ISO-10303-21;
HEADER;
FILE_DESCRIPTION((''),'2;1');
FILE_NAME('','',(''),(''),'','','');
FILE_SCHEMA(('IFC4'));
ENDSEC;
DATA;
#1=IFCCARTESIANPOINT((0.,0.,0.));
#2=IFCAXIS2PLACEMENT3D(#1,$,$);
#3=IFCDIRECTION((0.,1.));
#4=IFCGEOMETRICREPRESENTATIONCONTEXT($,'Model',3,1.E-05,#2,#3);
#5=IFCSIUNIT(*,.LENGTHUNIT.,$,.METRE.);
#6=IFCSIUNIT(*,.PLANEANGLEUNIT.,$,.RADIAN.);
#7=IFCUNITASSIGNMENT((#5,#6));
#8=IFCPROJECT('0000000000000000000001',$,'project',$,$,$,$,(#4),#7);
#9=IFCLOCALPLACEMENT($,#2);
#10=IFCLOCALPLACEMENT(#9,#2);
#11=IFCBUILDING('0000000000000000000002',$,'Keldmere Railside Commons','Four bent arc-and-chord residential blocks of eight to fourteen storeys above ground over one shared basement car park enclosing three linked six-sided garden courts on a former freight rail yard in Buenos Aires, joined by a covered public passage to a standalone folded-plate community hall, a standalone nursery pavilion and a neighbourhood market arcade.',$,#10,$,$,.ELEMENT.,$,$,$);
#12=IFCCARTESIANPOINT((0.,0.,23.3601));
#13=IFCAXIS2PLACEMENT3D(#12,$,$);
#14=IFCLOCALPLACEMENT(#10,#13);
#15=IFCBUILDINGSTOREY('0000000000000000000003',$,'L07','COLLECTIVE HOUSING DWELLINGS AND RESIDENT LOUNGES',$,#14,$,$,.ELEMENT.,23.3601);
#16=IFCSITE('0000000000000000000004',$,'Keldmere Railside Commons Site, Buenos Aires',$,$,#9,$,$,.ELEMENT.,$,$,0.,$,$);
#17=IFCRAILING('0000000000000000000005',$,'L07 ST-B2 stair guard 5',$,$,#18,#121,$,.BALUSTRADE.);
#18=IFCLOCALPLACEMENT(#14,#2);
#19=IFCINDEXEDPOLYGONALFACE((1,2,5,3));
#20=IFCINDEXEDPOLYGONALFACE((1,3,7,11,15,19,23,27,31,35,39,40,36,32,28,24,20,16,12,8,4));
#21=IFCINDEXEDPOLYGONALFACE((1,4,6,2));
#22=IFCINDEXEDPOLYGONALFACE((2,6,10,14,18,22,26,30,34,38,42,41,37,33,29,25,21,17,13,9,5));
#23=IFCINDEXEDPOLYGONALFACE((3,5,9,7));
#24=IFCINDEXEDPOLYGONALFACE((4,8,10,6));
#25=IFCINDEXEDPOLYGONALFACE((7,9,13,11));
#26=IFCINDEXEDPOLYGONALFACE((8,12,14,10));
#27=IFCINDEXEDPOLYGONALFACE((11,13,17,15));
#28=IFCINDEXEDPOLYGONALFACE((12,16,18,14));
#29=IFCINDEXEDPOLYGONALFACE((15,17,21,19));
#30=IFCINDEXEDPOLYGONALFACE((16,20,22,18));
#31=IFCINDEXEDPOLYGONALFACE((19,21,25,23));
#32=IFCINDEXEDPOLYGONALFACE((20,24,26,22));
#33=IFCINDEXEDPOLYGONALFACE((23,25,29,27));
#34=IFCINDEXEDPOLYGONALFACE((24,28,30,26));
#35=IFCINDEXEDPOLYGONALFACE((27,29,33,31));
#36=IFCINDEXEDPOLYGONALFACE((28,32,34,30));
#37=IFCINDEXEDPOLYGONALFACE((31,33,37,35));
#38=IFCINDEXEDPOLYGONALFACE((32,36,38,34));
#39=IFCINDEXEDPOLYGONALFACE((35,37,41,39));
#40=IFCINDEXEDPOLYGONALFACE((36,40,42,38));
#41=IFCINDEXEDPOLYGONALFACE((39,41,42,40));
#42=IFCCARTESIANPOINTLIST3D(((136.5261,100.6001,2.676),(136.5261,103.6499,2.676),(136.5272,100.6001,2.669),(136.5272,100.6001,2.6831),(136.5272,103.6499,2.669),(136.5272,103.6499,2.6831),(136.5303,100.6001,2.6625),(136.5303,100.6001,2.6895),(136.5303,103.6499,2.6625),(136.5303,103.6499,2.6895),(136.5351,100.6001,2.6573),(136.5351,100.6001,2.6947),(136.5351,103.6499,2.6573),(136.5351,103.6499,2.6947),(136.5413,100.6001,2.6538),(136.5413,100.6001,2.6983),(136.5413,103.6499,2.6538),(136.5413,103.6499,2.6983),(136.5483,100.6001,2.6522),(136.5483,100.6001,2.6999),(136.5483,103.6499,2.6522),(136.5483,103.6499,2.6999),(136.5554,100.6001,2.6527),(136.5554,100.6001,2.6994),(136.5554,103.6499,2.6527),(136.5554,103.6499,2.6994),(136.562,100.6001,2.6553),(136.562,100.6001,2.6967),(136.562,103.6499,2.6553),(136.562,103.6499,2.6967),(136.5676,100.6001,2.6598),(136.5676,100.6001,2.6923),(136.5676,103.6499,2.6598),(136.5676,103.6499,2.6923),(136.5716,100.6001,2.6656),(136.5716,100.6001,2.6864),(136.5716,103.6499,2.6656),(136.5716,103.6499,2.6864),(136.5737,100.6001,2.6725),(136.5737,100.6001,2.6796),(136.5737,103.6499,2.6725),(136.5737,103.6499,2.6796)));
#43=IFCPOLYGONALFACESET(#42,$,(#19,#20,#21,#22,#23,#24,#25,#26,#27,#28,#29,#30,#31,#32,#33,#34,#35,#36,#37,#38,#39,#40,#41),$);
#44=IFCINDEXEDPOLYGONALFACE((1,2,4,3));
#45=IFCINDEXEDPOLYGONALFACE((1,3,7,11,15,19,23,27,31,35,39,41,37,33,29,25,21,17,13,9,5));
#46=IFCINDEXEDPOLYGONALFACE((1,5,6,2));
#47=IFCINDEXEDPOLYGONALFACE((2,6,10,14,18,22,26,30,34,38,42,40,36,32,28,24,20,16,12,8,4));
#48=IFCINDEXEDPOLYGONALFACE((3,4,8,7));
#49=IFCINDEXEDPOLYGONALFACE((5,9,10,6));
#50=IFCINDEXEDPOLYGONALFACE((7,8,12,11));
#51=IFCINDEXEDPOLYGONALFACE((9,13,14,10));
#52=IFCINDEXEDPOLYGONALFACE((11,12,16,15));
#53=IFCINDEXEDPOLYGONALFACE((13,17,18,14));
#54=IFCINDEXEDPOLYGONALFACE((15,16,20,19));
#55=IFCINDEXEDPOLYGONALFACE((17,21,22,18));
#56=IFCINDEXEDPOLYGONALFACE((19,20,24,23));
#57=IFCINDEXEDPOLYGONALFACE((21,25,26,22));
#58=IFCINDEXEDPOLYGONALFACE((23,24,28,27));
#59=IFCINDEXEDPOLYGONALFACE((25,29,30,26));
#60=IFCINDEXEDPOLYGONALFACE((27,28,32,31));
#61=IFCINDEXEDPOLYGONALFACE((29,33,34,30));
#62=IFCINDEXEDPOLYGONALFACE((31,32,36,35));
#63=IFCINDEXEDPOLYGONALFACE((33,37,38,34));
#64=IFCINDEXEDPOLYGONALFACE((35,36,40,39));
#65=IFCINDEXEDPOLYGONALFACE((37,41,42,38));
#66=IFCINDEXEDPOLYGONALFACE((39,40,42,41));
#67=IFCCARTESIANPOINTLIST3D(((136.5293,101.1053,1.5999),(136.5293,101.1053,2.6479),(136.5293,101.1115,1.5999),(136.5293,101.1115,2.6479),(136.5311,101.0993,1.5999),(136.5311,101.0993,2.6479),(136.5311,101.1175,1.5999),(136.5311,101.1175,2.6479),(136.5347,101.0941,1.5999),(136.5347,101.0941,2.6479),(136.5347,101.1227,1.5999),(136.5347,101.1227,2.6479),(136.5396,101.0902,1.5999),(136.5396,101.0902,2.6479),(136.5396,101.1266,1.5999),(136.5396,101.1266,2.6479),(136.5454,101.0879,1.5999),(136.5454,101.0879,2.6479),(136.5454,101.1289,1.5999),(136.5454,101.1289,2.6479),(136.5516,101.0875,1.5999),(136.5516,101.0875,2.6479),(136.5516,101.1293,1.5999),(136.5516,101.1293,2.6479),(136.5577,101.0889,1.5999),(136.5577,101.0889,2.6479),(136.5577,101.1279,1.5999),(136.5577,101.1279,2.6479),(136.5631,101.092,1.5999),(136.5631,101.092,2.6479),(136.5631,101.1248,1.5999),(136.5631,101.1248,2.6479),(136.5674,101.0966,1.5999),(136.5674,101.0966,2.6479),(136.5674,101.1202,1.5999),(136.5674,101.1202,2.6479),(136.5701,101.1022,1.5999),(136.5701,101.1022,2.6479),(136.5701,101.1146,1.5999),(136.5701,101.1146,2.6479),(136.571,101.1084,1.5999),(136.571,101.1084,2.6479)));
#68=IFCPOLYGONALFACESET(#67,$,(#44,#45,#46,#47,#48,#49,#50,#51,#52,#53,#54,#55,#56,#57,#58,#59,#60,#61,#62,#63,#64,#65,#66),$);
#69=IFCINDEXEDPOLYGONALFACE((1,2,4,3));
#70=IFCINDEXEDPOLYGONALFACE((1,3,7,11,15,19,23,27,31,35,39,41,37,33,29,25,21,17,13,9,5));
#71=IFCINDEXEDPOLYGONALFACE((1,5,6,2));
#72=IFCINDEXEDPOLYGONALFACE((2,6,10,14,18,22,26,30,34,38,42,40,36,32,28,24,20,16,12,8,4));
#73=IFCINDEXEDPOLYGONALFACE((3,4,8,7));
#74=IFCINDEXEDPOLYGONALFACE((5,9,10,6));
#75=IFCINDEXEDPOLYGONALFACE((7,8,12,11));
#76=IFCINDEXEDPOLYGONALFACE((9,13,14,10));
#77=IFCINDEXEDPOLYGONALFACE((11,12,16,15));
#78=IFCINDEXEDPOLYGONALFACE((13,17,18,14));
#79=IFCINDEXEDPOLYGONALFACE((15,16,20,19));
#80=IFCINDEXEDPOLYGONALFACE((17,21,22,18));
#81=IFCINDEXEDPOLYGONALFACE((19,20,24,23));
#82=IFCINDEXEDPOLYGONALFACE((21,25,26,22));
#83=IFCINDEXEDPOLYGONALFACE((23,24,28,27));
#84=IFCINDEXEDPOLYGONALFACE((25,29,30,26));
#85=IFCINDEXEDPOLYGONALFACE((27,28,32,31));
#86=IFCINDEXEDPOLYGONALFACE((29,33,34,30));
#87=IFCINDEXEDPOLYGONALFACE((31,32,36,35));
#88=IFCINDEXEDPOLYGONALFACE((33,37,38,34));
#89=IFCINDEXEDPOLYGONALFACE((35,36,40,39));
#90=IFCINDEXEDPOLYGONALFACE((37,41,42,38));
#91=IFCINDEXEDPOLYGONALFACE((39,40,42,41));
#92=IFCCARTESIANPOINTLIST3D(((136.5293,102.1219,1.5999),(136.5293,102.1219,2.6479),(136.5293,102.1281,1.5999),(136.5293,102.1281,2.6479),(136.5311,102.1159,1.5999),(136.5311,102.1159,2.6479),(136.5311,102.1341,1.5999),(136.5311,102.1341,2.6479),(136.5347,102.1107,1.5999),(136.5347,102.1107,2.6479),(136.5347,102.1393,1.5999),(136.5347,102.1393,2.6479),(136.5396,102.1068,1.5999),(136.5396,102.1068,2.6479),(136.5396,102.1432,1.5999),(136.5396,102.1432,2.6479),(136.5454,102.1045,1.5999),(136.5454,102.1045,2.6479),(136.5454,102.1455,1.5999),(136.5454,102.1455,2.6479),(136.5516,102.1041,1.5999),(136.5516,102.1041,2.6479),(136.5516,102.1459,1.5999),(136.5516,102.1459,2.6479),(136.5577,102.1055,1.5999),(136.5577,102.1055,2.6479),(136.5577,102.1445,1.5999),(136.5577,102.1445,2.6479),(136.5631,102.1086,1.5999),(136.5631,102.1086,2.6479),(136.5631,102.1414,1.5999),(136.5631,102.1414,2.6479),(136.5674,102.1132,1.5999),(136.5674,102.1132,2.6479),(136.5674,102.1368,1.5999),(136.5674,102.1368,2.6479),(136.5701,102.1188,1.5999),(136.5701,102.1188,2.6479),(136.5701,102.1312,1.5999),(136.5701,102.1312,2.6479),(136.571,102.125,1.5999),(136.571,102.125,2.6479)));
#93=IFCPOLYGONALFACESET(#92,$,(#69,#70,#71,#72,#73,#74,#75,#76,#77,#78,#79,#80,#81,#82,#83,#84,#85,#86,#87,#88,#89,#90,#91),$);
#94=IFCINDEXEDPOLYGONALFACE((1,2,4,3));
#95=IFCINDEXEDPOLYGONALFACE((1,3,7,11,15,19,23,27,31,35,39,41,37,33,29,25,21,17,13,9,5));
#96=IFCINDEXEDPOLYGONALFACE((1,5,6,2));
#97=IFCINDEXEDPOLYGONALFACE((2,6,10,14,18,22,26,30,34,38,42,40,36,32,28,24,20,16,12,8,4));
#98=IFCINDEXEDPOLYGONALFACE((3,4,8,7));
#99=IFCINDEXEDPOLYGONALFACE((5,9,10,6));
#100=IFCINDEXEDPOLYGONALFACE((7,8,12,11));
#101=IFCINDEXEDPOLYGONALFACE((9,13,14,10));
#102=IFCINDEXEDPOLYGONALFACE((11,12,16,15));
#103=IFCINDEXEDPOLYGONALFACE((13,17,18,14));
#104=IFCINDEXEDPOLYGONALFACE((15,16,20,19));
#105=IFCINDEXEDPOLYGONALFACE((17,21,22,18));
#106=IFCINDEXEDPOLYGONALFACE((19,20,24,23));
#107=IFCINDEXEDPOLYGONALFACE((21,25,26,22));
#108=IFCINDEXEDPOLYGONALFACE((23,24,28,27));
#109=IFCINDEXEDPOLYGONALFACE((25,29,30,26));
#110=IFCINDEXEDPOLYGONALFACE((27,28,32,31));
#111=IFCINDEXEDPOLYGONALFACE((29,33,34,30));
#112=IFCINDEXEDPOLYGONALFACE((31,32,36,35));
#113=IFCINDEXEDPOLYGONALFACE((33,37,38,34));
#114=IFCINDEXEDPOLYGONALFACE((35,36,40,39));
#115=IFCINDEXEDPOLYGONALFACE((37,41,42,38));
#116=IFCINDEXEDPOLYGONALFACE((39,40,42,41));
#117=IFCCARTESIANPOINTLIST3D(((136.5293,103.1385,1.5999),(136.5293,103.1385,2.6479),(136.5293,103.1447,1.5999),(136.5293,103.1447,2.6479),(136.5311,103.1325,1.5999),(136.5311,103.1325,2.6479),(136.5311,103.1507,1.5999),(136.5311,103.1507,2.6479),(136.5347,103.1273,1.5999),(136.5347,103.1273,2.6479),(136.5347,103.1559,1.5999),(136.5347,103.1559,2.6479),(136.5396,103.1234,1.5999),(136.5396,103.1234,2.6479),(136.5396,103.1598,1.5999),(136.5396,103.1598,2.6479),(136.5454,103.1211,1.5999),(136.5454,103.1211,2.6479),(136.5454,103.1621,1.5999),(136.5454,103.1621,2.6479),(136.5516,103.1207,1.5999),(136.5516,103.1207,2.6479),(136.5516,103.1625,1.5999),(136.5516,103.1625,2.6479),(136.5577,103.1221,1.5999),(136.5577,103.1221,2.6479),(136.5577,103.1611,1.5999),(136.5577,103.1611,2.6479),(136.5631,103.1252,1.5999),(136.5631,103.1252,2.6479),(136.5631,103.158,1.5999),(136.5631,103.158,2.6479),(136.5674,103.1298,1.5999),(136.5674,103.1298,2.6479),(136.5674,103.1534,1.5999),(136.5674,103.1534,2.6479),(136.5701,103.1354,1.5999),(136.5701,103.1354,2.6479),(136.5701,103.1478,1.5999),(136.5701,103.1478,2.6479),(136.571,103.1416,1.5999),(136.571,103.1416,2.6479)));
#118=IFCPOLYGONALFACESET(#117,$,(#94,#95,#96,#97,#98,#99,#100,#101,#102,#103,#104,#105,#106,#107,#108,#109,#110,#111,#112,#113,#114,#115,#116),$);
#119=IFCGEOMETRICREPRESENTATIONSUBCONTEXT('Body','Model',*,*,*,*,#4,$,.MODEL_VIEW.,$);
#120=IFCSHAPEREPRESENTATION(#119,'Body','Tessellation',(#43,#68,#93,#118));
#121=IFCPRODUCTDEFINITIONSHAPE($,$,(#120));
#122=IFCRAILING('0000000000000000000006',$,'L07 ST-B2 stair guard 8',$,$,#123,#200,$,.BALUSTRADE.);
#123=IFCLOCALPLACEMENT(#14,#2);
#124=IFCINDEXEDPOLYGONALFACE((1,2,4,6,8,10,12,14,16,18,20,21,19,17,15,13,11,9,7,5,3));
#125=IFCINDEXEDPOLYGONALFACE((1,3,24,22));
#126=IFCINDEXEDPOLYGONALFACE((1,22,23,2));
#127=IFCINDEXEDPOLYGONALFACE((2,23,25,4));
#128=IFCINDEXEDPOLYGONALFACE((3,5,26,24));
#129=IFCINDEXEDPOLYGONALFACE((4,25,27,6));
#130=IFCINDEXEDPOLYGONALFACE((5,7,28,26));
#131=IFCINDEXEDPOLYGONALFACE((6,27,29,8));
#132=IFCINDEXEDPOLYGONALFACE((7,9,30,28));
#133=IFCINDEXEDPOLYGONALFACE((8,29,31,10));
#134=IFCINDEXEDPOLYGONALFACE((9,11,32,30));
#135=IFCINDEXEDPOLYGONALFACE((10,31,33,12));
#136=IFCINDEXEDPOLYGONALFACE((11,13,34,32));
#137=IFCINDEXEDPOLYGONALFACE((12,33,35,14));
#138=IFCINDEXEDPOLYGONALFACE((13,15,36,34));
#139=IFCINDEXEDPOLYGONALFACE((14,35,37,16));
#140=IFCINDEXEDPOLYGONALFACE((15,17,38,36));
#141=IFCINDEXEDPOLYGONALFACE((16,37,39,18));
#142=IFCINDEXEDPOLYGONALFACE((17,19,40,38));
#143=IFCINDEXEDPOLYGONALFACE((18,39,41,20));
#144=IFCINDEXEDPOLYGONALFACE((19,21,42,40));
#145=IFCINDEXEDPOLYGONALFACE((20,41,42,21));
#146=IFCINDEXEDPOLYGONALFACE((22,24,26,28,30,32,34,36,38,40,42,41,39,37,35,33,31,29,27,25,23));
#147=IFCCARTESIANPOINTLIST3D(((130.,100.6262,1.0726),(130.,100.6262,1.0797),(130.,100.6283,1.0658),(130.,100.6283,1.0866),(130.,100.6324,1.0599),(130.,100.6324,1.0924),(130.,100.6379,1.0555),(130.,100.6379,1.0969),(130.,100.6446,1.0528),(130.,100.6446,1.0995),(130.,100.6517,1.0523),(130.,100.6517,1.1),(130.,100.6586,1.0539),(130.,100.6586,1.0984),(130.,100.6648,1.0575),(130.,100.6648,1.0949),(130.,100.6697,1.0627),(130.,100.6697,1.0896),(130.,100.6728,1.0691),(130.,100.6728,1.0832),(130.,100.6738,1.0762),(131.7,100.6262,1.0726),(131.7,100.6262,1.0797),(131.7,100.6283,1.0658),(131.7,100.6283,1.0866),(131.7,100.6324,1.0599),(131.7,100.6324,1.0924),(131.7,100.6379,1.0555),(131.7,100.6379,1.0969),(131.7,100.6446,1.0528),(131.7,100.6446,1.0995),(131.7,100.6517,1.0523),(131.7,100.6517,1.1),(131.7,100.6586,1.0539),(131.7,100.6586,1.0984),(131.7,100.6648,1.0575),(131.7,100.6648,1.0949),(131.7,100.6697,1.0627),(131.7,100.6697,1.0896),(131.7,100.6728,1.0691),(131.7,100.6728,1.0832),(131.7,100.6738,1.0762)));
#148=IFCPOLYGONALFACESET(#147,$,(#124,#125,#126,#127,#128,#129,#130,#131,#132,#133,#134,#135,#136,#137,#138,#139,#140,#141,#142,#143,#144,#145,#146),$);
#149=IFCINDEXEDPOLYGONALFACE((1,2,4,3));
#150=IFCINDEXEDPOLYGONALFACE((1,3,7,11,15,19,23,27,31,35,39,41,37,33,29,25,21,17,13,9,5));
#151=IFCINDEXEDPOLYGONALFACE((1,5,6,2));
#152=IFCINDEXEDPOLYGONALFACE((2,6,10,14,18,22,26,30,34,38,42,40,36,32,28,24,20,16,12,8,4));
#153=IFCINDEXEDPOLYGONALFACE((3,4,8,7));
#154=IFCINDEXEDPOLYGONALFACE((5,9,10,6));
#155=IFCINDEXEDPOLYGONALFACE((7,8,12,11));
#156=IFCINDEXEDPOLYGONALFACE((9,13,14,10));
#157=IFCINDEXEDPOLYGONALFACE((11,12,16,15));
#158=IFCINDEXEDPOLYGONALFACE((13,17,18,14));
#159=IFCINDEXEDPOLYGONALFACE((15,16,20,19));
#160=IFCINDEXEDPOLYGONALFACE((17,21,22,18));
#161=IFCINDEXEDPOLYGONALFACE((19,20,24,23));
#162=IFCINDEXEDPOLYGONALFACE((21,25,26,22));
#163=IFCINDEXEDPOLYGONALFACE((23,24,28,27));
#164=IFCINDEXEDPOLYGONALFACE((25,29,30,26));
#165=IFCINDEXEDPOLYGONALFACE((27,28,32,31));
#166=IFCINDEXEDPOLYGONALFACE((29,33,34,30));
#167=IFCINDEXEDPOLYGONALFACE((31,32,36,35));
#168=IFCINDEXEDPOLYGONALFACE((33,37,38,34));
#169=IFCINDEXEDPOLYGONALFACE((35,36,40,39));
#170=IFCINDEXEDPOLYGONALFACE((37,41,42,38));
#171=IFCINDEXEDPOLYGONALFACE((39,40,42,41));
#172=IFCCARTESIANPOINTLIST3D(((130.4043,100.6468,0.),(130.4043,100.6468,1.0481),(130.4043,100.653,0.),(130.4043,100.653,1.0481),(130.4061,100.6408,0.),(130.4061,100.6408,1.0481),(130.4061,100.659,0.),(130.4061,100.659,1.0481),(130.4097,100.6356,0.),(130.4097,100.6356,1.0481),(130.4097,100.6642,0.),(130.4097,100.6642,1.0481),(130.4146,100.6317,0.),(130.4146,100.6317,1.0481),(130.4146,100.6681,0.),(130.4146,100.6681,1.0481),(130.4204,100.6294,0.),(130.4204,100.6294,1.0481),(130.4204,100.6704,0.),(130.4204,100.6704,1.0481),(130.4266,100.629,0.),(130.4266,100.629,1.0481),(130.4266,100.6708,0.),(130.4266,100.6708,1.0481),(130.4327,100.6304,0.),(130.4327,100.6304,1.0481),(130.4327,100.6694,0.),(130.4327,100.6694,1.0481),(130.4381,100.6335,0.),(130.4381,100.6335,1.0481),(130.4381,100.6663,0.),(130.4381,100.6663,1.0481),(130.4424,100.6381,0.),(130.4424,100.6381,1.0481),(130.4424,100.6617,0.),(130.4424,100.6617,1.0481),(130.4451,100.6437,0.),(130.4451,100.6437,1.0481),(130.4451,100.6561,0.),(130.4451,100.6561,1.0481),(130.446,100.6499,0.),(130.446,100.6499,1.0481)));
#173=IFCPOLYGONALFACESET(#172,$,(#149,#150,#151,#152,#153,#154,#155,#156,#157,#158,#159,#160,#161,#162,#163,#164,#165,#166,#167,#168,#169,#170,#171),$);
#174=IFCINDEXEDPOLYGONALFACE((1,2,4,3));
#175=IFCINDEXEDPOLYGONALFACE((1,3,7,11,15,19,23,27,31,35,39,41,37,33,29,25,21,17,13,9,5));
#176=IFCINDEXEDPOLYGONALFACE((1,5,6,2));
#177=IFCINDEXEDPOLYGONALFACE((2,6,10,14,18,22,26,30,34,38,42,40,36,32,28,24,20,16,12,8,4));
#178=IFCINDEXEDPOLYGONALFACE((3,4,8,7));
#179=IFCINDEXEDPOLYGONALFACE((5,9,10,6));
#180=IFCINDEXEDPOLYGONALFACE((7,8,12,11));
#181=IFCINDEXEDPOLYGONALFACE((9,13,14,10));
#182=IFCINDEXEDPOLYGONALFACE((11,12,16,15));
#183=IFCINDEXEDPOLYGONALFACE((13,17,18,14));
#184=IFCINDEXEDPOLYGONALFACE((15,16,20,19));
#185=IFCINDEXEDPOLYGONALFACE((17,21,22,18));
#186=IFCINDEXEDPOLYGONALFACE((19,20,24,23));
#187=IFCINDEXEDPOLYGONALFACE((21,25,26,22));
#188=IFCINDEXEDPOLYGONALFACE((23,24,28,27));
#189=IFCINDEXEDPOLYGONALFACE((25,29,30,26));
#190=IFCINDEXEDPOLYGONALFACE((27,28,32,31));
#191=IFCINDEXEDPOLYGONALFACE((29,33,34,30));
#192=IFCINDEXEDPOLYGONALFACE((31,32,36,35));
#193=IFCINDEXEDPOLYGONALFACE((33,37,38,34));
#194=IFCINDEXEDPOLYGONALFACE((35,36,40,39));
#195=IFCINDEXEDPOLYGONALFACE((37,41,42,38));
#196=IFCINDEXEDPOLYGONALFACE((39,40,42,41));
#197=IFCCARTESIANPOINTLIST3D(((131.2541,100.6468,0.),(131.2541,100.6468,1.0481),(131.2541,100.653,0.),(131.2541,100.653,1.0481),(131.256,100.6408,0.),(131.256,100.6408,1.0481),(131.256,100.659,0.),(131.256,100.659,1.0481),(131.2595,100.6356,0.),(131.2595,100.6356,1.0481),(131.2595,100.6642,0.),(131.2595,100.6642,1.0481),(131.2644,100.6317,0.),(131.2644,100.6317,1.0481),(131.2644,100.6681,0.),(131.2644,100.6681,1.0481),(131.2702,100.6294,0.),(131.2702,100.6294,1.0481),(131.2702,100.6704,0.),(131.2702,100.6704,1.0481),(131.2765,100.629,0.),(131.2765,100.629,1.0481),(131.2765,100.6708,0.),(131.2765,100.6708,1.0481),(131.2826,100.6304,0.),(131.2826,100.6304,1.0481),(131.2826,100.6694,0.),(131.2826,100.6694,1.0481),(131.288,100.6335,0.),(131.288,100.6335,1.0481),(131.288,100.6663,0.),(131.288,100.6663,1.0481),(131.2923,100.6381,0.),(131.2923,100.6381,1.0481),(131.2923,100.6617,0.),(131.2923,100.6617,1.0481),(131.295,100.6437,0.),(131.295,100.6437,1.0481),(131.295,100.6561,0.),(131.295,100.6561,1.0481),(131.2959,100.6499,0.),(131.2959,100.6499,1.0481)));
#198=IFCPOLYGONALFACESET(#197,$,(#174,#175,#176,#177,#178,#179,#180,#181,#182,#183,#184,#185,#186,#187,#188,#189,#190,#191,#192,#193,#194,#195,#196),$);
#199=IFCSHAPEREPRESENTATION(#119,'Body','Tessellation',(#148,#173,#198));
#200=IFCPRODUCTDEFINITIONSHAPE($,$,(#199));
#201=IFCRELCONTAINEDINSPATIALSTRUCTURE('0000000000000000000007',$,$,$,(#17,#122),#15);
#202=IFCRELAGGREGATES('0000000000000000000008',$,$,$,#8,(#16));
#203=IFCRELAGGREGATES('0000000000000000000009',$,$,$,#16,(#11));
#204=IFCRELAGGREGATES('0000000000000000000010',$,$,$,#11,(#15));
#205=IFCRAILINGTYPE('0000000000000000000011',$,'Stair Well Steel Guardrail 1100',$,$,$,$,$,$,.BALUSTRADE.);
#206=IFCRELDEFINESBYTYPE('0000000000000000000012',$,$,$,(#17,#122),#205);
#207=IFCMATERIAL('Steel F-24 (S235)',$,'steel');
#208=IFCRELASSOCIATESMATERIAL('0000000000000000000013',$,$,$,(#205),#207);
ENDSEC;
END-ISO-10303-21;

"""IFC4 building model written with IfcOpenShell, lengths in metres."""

from ifc_helpers import new_model, si_unit, direction, frame, origin, origin_2d, place, context, subcontext, project, spatial, circle, extrude, material, type_object, element, save


model = new_model("IFC4")

# Units and contexts
model_context = context("Model", 3, precision=1e-05, world=origin(), true_north=direction((0.0, 1.0)))
body_context = subcontext(model_context, "Body", "Model", "MODEL_VIEW")
ifc_project = project(units=[si_unit("LENGTHUNIT", "METRE"), si_unit("PLANEANGLEUNIT", "RADIAN")], contexts=[model_context])

# Site, building, storey
site_placement = place(None, origin())
site = spatial("IfcSite", under=ifc_project, at=site_placement, Name="Keldmere Railside Commons Site, Buenos Aires", CompositionType="ELEMENT", RefElevation=0.0)
building_placement = place(site_placement, origin())
building = spatial("IfcBuilding", under=site, at=building_placement, Name="Keldmere Railside Commons", Description="Four bent arc-and-chord residential blocks of eight to fourteen storeys above ground over one shared basement car park enclosing three linked six-sided garden courts on a former freight rail yard in Buenos Aires, joined by a covered public passage to a standalone folded-plate community hall, a standalone nursery pavilion and a neighbourhood market arcade.", CompositionType="ELEMENT")
storey_placement = place(building_placement, frame((0.0, 0.0, 23.3601)))
storey = spatial("IfcBuildingStorey", under=building, at=storey_placement, Name="L07", Description="COLLECTIVE HOUSING DWELLINGS AND RESIDENT LOUNGES", CompositionType="ELEMENT", Elevation=23.3601)

# Railings
ifc_material_1 = material(Name="Steel F-24 (S235)", Category="steel")
railing_type = type_object("IfcRailingType", Name="Stair Well Steel Guardrail 1100", PredefinedType="BALUSTRADE", material=ifc_material_1)
railing_1_placement = place(storey_placement, frame((136.55, 100.6001, 1.5999)))
element("IfcRailing", 1, at=railing_1_placement, inside=storey, type_object=railing_type, Name="L07 ST-B2 stair guard 5", PredefinedType="BALUSTRADE", context=body_context, shape_type="SweptSolid", body=[
    extrude(circle(Radius=0.0239, at=origin_2d()), frame((0.0, 0.0, 1.0762), z_axis=(0.0, 1.0, 0.0), x_axis=(-1.0, 0.0, 0.0)), (0.0, 0.0, 1.0), 3.0498),
    extrude(circle(Radius=0.021, at=origin_2d()), frame((0.0, 0.5083, 0.0)), (0.0, 0.0, 1.0), 1.0481),
    extrude(circle(Radius=0.021, at=origin_2d()), frame((0.0, 1.5249, 0.0)), (0.0, 0.0, 1.0), 1.0481),
    extrude(circle(Radius=0.021, at=origin_2d()), frame((0.0, 2.5415, 0.0)), (0.0, 0.0, 1.0), 1.0481),
])
railing_2_placement = place(storey_placement, frame((130.0, 100.6499, 0.0)))
element("IfcRailing", 2, at=railing_2_placement, inside=storey, type_object=railing_type, Name="L07 ST-B2 stair guard 8", PredefinedType="BALUSTRADE", context=body_context, shape_type="SweptSolid", body=[
    extrude(circle(Radius=0.0239, at=origin_2d()), frame((0.0, 0.0, 1.0762), z_axis=(1.0, 0.0, 0.0), x_axis=(0.0, 1.0, 0.0)), (0.0, 0.0, 1.0), 1.7),
    extrude(circle(Radius=0.021, at=origin_2d()), frame((0.425, 0.0, 0.0)), (0.0, 0.0, 1.0), 1.0481),
    extrude(circle(Radius=0.021, at=origin_2d()), frame((1.2749, 0.0, 0.0)), (0.0, 0.0, 1.0), 1.0481),
])

save(model, "model.ifc")
